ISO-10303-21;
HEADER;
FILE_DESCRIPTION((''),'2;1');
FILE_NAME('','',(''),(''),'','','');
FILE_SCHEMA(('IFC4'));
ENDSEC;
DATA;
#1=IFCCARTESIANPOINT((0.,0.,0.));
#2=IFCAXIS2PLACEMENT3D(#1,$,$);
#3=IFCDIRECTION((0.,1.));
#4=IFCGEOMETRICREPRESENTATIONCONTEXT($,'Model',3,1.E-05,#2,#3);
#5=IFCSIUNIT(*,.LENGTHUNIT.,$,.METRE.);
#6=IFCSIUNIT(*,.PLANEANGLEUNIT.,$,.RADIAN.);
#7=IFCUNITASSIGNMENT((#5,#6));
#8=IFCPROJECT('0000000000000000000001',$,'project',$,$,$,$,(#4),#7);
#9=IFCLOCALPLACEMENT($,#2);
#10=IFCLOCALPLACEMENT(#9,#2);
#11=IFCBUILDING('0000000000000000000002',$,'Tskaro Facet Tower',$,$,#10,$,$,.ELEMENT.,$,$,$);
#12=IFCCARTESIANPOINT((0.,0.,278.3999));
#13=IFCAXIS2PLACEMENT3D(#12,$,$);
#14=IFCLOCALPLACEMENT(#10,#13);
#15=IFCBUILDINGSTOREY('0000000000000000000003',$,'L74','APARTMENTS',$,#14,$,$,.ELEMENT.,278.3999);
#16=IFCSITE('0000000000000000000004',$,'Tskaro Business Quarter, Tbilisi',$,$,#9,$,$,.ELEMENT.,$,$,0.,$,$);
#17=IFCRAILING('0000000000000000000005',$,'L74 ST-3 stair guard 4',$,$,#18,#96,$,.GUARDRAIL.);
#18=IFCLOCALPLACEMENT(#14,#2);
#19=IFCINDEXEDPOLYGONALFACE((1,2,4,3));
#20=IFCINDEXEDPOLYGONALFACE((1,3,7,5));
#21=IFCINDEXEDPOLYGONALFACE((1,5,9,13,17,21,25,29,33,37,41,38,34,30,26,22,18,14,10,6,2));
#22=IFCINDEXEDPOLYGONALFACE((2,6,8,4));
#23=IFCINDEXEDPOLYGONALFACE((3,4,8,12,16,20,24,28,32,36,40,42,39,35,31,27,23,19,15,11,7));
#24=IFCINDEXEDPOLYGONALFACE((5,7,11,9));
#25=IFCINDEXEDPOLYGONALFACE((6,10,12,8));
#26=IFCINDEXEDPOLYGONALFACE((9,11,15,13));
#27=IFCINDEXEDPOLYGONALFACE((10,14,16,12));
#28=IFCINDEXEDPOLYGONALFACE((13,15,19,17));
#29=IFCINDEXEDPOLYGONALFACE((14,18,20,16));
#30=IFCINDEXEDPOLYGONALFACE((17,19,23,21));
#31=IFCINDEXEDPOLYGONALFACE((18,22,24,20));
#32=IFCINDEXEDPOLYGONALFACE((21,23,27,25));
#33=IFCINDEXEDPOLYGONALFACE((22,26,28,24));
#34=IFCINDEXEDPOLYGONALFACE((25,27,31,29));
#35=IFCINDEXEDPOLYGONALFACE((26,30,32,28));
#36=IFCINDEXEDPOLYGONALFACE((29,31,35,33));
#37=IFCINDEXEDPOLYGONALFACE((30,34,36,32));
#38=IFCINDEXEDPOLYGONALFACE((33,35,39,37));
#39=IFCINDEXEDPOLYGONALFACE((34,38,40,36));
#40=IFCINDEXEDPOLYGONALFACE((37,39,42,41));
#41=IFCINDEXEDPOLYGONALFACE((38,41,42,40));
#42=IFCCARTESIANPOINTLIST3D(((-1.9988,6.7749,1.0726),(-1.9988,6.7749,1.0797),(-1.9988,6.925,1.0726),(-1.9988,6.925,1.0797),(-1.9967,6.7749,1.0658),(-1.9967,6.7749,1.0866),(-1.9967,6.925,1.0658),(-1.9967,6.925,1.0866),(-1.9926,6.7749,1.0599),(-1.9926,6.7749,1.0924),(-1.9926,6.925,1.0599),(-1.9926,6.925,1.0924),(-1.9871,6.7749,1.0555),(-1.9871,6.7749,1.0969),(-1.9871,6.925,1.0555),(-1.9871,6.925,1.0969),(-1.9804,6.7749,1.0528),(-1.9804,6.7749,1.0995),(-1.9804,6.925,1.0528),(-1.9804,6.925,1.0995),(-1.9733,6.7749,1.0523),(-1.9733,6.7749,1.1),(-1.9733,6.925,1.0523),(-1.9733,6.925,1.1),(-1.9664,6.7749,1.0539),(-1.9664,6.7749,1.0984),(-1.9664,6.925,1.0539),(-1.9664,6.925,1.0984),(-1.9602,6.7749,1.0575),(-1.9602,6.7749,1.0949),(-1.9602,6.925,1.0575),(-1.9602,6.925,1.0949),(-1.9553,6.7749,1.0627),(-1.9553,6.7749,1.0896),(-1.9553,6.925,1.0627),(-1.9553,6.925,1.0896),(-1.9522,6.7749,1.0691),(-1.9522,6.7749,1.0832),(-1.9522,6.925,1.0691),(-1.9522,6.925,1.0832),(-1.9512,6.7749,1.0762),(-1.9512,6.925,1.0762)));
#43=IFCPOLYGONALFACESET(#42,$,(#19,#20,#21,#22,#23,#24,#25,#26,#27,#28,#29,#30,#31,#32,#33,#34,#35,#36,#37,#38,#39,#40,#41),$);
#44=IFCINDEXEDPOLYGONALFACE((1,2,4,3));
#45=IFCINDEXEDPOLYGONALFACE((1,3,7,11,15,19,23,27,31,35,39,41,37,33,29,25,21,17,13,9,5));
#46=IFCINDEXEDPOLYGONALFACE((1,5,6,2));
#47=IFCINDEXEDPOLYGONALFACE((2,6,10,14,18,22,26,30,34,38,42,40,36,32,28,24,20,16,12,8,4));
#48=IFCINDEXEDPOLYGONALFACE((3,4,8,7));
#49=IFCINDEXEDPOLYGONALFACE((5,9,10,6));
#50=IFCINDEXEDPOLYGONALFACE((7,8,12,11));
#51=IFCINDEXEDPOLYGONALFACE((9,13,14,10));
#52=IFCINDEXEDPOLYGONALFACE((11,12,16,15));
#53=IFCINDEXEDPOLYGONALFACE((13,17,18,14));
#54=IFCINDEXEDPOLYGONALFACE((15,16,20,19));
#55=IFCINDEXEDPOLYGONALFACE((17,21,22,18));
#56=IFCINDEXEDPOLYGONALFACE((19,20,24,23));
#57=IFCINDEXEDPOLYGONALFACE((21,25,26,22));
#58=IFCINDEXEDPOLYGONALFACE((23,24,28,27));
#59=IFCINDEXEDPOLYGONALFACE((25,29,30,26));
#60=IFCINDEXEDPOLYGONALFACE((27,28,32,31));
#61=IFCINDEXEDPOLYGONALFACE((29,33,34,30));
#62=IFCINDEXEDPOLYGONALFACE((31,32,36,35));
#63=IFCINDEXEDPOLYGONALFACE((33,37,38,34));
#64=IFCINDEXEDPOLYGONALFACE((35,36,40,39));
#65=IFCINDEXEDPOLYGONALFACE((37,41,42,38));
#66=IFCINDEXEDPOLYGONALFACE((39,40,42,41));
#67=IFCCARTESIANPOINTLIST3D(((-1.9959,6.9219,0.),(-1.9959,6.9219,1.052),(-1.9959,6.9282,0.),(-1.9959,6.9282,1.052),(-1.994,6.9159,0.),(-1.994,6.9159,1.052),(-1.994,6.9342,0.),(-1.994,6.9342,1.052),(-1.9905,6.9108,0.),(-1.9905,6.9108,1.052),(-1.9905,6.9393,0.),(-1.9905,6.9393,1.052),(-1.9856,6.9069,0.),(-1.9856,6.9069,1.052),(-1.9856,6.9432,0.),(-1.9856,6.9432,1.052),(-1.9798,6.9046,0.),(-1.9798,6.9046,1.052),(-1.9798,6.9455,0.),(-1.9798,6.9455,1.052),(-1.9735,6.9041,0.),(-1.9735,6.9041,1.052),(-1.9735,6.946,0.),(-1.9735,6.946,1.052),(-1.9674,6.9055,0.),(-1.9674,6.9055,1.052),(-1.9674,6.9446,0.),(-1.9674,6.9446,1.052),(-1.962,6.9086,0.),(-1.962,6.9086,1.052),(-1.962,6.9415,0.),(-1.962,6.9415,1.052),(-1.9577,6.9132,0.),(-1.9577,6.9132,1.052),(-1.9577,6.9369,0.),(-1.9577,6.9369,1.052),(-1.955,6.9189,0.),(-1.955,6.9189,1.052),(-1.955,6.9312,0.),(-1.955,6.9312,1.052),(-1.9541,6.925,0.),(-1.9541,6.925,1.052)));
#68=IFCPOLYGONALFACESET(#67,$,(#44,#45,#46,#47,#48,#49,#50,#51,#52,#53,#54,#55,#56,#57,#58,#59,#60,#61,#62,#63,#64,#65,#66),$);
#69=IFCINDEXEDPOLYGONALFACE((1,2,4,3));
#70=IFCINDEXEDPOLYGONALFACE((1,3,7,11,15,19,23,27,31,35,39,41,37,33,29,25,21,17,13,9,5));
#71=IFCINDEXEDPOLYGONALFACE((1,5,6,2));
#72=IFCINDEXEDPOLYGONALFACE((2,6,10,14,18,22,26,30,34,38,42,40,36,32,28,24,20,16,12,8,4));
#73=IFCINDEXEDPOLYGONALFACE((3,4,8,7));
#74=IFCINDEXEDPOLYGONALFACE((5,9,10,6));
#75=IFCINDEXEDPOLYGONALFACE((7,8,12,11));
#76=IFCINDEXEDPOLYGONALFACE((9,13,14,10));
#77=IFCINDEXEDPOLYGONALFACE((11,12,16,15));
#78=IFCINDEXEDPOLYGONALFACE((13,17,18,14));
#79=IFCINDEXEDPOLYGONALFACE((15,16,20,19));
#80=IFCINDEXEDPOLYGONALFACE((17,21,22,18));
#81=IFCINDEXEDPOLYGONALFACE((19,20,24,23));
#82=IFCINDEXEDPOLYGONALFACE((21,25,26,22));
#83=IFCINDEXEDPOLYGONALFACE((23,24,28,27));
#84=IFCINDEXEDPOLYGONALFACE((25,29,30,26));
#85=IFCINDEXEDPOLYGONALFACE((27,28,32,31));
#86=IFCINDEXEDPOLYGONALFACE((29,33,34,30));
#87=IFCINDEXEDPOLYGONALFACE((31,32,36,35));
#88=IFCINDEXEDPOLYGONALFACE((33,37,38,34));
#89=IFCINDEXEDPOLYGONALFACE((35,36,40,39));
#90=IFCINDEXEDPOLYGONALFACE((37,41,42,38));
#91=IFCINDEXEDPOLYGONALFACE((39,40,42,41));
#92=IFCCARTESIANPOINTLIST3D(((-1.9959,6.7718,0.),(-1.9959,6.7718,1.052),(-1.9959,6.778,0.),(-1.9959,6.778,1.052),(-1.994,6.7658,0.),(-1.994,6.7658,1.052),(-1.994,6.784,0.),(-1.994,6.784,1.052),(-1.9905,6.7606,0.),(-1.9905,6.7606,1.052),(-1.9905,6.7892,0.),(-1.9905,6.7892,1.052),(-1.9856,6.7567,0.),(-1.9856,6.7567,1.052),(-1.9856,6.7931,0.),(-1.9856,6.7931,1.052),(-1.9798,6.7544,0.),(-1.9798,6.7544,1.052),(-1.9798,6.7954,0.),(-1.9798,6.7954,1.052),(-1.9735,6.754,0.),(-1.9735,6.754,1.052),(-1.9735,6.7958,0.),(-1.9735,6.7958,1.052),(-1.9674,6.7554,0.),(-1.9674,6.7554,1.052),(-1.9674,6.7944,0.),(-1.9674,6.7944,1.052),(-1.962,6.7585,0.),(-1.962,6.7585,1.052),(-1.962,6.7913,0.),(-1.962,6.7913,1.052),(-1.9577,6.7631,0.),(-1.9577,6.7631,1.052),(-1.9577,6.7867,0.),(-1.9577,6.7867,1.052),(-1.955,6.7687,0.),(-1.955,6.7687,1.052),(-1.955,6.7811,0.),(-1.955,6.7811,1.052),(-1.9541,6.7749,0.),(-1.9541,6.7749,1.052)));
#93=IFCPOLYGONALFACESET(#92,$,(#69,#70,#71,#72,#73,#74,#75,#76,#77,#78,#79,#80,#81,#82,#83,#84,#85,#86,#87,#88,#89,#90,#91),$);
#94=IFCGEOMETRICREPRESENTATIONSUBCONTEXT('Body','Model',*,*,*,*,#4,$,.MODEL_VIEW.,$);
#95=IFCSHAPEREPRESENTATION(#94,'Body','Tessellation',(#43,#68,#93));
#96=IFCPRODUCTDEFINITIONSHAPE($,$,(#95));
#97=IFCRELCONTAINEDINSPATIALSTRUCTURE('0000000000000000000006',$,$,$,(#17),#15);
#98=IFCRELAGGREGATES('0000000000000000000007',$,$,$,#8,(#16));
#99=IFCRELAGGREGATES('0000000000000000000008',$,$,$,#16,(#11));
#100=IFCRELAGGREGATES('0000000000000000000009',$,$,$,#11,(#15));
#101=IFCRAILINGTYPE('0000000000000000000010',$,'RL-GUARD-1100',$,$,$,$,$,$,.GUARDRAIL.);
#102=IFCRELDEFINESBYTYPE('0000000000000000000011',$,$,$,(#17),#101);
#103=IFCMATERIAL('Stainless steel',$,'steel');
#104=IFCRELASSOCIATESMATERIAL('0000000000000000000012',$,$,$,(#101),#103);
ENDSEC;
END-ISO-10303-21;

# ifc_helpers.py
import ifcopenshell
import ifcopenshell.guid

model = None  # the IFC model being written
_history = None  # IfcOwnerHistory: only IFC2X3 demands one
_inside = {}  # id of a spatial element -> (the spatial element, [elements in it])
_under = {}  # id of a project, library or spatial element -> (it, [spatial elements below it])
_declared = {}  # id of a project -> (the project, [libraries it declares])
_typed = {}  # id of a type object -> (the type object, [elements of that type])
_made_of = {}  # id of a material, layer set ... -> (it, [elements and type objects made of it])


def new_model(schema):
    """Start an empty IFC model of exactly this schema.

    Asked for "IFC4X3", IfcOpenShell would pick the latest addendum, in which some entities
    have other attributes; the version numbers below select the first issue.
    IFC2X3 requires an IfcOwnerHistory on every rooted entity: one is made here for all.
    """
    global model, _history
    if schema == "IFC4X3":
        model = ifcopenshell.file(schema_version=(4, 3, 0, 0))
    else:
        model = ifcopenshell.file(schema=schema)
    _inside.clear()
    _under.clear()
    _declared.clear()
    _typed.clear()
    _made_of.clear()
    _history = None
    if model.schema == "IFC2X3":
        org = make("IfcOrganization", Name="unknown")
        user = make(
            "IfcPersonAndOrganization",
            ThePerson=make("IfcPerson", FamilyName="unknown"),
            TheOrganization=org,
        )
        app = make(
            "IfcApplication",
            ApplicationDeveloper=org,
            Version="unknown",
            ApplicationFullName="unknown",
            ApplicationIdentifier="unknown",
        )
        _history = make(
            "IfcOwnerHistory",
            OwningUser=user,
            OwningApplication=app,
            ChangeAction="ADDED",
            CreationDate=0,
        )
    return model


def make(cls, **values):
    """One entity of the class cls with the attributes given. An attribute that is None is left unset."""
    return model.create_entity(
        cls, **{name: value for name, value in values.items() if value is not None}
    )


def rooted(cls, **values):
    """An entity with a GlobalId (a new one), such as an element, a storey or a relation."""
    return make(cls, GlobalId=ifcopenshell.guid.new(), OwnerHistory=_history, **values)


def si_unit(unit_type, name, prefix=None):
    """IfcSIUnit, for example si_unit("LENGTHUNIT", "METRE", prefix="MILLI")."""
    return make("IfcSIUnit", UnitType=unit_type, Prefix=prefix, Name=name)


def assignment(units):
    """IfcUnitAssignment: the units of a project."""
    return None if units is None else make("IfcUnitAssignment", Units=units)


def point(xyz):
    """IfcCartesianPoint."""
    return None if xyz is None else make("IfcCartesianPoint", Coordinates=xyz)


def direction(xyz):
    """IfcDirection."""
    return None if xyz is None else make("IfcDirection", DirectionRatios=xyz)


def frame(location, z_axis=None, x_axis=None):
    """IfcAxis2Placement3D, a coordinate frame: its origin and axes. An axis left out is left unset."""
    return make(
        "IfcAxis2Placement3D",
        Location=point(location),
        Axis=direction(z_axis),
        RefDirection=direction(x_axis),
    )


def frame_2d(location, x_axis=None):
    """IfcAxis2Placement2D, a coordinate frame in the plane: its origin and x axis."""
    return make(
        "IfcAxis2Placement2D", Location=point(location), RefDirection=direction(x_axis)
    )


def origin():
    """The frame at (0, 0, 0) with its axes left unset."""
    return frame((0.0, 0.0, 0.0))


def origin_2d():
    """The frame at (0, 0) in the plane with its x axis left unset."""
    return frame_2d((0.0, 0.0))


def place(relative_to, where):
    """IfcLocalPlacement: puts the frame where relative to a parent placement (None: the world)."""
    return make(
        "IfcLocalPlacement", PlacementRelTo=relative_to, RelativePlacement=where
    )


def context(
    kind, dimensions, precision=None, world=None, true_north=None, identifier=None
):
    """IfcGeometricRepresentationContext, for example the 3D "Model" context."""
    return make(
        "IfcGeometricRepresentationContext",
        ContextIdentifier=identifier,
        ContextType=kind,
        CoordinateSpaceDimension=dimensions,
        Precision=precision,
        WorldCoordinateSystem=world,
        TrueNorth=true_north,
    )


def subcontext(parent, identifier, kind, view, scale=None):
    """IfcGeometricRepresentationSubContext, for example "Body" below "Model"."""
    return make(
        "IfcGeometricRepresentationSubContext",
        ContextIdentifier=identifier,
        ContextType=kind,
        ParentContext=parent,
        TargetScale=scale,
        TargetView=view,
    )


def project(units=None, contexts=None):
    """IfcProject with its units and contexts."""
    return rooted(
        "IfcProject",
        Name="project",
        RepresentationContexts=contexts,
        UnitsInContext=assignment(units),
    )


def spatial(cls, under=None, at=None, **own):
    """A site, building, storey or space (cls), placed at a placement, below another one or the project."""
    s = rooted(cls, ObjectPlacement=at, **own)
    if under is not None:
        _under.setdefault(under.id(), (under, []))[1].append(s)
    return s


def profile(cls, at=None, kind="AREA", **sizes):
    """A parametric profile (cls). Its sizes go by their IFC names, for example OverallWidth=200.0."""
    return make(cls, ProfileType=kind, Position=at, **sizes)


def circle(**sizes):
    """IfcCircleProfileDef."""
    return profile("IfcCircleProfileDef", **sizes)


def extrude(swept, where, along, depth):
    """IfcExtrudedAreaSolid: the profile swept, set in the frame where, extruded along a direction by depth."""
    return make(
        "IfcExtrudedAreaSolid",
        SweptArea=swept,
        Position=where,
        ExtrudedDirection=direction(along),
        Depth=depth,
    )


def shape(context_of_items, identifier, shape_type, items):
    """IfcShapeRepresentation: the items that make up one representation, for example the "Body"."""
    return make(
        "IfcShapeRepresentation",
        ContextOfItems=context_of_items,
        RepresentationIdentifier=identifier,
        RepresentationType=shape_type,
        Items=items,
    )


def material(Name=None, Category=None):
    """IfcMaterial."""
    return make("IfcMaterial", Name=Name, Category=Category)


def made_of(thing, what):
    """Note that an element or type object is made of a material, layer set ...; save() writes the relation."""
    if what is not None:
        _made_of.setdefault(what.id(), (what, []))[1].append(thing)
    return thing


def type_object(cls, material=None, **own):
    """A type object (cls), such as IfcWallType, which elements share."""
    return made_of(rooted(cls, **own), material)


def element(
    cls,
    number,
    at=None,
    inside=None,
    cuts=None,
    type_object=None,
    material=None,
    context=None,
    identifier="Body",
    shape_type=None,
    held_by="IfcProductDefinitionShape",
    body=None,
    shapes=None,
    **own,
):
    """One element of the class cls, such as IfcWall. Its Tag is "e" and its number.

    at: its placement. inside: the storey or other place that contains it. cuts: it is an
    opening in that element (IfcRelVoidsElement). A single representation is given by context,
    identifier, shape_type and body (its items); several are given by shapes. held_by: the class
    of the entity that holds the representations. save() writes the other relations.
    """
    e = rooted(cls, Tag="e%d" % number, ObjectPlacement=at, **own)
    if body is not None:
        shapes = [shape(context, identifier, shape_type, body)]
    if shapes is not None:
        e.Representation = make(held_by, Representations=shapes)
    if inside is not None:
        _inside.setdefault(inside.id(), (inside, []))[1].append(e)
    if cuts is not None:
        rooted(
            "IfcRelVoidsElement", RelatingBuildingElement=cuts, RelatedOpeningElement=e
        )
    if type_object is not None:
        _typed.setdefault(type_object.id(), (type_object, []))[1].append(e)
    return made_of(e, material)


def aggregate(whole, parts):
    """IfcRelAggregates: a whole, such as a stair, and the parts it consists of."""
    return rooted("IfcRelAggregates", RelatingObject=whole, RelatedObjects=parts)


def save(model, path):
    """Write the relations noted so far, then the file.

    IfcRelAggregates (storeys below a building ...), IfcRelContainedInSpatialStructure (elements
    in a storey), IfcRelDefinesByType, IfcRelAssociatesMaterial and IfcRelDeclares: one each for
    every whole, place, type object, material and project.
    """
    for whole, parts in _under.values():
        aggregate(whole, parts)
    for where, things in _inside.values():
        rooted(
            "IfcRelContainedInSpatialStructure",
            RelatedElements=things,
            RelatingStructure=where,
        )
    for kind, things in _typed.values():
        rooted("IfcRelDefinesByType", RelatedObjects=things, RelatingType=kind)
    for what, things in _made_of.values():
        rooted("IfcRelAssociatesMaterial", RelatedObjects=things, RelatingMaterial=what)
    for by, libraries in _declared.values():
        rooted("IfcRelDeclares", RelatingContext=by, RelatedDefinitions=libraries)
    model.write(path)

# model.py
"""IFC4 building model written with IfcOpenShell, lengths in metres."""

from ifc_helpers import new_model, si_unit, direction, frame, origin, origin_2d, place, context, subcontext, project, spatial, circle, extrude, material, type_object, element, save


model = new_model("IFC4")

# Units and contexts
model_context = context("Model", 3, precision=1e-05, world=origin(), true_north=direction((0.0, 1.0)))
body_context = subcontext(model_context, "Body", "Model", "MODEL_VIEW")
ifc_project = project(units=[si_unit("LENGTHUNIT", "METRE"), si_unit("PLANEANGLEUNIT", "RADIAN")], contexts=[model_context])

# Site, building, storey
site_placement = place(None, origin())
site = spatial("IfcSite", under=ifc_project, at=site_placement, Name="Tskaro Business Quarter, Tbilisi", CompositionType="ELEMENT", RefElevation=0.0)
building_placement = place(site_placement, origin())
building = spatial("IfcBuilding", under=site, at=building_placement, Name="Tskaro Facet Tower", CompositionType="ELEMENT")
storey_placement = place(building_placement, frame((0.0, 0.0, 278.3999)))
storey = spatial("IfcBuildingStorey", under=building, at=storey_placement, Name="L74", Description="APARTMENTS", CompositionType="ELEMENT", Elevation=278.3999)

# Railing
ifc_material_1 = material(Name="Stainless steel", Category="steel")
railing_type_1 = type_object("IfcRailingType", Name="RL-GUARD-1100", PredefinedType="GUARDRAIL", material=ifc_material_1)
railing_1_placement = place(storey_placement, frame((-1.9751, 6.925, 0.0)))
element("IfcRailing", 1, at=railing_1_placement, inside=storey, type_object=railing_type_1, Name="L74 ST-3 stair guard 4", PredefinedType="GUARDRAIL", context=body_context, shape_type="SweptSolid", body=[
    extrude(circle(Radius=0.0239, at=origin_2d()), frame((0.0, 0.0, 1.0762), z_axis=(0.0, -1.0, 0.0), x_axis=(1.0, 0.0, 0.0)), (0.0, 0.0, 1.0), 0.1501),
    extrude(circle(Radius=0.021, at=origin_2d()), origin(), (0.0, 0.0, 1.0), 1.052),
    extrude(circle(Radius=0.021, at=origin_2d()), frame((0.0, -0.1501, 0.0)), (0.0, 0.0, 1.0), 1.052),
])

save(model, "model.ifc")
